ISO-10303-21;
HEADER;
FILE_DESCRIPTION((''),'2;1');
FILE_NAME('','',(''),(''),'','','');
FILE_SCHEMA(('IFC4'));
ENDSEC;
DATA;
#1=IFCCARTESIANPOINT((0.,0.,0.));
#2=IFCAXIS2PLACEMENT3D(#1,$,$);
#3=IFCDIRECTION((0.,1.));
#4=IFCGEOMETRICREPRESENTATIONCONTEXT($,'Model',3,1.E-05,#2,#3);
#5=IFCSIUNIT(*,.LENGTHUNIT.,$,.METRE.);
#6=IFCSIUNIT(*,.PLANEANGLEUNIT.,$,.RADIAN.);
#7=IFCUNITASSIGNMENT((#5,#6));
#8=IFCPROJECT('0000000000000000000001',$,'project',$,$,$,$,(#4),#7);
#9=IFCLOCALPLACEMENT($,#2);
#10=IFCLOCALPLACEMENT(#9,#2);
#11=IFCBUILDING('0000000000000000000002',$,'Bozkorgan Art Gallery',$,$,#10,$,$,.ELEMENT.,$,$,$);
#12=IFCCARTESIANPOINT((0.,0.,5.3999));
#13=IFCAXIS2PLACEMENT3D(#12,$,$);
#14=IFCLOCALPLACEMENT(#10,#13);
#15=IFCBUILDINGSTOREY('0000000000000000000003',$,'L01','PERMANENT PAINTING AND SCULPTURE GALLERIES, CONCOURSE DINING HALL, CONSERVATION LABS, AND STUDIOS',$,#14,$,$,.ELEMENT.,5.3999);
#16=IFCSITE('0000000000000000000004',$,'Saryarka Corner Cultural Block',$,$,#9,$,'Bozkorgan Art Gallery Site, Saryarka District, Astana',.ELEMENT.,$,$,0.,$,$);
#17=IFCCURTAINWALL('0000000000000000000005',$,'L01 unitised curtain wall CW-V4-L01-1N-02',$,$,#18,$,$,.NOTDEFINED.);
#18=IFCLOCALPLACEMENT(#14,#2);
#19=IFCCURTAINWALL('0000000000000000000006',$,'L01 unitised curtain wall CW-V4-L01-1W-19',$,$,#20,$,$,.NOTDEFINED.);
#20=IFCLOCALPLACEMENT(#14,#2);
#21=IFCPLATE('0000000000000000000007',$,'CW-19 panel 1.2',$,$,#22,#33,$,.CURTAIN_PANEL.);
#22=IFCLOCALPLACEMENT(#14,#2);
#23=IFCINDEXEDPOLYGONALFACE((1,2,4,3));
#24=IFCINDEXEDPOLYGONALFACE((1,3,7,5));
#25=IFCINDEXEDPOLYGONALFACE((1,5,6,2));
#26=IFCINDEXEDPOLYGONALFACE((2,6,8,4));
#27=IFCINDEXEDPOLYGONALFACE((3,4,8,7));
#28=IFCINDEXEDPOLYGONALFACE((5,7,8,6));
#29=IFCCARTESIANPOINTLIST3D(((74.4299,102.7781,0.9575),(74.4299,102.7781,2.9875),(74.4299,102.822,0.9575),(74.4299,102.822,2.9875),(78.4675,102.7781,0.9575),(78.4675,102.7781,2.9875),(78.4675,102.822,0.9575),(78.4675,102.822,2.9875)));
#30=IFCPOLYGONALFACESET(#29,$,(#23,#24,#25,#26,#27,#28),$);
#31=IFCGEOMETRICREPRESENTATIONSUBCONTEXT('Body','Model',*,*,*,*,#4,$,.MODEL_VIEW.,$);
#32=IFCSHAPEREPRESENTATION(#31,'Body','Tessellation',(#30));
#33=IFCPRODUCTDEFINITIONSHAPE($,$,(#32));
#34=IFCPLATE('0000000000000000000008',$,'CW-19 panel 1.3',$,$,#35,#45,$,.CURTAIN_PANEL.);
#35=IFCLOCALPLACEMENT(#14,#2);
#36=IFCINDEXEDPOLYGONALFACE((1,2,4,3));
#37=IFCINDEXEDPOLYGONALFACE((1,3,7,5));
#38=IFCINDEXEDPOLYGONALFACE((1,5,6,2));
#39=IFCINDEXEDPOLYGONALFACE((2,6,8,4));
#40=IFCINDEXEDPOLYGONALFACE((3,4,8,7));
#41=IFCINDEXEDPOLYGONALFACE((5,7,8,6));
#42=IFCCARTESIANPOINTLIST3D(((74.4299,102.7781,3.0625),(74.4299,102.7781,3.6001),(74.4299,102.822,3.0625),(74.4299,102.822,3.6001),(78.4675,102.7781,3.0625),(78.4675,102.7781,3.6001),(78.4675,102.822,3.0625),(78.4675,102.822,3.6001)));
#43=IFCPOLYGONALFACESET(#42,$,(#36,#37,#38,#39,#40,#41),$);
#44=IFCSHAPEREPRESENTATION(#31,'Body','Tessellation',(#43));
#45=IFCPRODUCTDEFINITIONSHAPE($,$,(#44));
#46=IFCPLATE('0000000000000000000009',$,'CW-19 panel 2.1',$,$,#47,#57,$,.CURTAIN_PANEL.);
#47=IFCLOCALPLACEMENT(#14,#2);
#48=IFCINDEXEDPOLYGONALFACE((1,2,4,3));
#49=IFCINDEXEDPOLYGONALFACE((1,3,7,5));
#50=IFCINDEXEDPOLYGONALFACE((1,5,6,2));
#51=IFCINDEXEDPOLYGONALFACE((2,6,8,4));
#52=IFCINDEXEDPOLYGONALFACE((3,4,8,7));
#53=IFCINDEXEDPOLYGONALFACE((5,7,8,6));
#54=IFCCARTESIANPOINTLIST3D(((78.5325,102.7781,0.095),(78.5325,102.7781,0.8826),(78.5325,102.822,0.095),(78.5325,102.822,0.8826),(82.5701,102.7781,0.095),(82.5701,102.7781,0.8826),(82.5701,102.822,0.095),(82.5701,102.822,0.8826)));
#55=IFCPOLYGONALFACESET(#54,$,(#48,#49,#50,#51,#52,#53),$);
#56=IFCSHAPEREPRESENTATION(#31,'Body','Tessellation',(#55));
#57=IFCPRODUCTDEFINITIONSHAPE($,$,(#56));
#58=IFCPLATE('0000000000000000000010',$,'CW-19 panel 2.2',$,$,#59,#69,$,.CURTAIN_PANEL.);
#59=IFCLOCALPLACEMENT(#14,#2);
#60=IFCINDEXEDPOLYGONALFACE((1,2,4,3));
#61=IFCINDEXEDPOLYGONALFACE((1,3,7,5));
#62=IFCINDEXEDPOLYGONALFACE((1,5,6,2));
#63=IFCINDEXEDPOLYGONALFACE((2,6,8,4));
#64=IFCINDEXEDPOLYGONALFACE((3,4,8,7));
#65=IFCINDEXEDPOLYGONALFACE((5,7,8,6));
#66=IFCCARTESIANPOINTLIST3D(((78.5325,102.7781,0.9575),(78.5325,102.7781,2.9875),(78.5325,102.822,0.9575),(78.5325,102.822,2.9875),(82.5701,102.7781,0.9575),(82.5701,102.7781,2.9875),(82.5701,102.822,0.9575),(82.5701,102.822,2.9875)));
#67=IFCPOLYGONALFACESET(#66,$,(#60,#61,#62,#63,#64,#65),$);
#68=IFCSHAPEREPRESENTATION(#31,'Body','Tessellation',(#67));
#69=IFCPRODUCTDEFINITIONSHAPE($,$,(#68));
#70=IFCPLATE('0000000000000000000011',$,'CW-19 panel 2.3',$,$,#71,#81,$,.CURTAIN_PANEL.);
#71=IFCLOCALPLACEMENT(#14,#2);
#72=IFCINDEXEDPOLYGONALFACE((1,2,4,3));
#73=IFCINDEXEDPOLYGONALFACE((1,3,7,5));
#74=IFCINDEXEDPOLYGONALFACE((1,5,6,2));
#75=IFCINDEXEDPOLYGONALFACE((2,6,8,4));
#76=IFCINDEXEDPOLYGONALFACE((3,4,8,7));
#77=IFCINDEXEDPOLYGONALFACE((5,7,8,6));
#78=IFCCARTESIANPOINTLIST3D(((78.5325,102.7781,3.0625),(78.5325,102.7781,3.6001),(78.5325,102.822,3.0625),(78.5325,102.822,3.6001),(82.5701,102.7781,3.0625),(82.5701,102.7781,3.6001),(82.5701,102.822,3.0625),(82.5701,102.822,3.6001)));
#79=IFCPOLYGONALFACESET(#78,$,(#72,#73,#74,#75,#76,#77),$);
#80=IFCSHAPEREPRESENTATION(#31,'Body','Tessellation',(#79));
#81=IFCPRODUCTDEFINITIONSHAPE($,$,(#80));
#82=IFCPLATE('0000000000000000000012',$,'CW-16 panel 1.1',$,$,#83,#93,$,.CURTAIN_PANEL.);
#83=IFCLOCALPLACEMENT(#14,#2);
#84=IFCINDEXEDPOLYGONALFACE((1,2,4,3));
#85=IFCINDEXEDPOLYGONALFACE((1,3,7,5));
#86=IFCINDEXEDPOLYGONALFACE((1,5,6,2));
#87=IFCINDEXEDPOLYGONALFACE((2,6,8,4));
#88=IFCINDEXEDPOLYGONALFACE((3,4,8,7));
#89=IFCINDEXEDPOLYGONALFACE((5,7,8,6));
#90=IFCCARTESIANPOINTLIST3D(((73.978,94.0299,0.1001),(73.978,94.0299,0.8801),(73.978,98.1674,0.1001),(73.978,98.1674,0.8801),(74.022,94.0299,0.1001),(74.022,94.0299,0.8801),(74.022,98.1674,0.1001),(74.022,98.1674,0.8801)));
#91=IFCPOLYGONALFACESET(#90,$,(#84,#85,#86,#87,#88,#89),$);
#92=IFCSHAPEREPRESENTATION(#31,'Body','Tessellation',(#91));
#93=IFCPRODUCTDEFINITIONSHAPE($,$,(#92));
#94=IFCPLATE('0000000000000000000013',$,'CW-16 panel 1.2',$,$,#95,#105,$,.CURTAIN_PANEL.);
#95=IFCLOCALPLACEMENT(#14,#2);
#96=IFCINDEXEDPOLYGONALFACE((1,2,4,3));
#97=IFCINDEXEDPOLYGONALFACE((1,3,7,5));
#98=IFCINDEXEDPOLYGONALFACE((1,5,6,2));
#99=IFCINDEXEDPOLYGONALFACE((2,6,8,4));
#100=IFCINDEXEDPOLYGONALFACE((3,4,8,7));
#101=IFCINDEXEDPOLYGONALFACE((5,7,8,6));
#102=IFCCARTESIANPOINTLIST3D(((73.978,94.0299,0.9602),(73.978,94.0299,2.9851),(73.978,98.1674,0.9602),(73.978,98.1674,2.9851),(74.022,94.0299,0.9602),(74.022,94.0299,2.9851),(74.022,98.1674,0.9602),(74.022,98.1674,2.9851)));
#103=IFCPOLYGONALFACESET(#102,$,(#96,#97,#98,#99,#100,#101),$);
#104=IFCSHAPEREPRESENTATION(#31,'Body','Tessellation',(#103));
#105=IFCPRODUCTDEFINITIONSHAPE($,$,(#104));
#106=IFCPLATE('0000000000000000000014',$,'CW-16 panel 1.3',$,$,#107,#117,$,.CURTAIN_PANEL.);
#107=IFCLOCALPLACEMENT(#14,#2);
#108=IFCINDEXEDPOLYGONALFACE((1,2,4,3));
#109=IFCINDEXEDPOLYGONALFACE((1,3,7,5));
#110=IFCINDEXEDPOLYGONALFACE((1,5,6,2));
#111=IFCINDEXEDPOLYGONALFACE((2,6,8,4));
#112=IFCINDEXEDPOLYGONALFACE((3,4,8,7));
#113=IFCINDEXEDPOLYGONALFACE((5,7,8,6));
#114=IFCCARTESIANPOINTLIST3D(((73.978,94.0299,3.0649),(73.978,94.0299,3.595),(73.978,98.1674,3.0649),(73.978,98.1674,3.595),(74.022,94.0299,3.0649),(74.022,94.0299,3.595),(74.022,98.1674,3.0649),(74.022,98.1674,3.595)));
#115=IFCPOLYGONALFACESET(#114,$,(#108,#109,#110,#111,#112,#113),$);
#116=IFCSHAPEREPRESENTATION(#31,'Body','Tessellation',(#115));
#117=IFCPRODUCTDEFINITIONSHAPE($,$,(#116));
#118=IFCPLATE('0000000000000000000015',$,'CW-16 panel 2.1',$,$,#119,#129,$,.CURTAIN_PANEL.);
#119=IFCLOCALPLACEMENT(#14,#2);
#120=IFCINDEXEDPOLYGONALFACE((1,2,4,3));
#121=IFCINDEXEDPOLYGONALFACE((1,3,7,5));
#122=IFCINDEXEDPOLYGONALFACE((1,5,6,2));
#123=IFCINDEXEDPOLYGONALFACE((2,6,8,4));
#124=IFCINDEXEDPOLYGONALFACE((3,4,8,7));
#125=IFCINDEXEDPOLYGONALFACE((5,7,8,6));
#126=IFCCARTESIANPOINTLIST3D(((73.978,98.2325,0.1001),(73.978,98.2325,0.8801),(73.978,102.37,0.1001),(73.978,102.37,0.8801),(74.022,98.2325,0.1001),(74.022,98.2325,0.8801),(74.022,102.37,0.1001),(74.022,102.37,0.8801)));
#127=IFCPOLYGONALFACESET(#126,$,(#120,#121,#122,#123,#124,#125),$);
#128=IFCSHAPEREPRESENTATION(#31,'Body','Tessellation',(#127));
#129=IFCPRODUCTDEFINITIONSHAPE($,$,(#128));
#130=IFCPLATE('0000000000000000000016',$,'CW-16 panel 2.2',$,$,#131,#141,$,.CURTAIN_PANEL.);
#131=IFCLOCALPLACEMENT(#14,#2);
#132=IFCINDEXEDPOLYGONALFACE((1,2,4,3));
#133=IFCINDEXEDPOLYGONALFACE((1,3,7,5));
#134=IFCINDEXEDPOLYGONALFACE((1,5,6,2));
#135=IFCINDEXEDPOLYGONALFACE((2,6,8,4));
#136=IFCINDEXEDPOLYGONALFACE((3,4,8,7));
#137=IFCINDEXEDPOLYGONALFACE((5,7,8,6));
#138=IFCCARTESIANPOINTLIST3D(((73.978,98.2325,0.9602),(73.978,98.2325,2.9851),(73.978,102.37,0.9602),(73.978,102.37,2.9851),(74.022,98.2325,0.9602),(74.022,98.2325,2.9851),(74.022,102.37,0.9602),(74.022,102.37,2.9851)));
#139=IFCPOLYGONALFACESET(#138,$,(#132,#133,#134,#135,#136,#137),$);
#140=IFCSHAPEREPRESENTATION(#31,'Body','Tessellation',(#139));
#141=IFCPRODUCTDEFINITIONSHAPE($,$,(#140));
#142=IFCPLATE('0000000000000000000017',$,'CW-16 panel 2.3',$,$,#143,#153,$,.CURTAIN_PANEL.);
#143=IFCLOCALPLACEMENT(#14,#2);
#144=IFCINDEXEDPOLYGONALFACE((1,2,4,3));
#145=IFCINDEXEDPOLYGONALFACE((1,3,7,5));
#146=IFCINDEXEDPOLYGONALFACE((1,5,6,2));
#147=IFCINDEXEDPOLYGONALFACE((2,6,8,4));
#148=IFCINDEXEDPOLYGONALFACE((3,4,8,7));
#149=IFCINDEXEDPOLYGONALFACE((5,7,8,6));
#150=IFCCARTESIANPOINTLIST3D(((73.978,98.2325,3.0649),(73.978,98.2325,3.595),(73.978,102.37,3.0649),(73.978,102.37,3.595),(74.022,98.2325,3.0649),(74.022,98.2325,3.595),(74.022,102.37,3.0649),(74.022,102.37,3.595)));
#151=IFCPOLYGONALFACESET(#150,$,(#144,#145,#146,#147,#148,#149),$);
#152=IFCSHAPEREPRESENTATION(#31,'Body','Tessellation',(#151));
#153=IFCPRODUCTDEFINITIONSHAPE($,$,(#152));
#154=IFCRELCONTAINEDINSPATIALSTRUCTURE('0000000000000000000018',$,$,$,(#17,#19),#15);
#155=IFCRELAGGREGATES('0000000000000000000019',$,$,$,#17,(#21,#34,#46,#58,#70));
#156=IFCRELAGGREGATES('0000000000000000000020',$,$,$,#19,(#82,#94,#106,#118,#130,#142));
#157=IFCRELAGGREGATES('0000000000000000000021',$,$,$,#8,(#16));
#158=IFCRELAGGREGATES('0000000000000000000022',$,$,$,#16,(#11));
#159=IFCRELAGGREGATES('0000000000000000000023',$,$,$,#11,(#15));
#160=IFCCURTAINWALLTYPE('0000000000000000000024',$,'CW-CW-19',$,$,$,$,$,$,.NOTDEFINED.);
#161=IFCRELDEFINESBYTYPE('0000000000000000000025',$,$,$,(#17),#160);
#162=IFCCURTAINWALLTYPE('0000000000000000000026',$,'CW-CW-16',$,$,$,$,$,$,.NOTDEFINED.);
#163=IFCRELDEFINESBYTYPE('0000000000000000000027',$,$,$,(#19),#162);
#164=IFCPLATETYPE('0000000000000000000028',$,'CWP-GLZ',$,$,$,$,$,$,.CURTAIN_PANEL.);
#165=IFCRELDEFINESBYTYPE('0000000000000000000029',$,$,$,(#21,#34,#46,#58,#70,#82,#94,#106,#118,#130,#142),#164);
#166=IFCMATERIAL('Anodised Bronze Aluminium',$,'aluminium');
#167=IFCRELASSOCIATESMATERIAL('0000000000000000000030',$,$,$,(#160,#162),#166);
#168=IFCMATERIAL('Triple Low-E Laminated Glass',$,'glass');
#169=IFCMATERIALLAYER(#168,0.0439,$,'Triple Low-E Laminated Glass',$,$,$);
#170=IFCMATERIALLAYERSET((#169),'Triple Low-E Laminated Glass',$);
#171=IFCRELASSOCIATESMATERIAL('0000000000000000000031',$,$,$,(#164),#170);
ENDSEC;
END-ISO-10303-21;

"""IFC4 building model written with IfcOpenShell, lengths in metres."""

from ifc_helpers import new_model, si_unit, direction, frame, origin, origin_2d, place, context, subcontext, project, spatial, rectangle, extrude, material, layer, layer_set, type_object, element, aggregate, save


model = new_model("IFC4")

# Units and contexts
model_context = context("Model", 3, precision=1e-05, world=origin(), true_north=direction((0.0, 1.0)))
body_context = subcontext(model_context, "Body", "Model", "MODEL_VIEW")
ifc_project = project(units=[si_unit("LENGTHUNIT", "METRE"), si_unit("PLANEANGLEUNIT", "RADIAN")], contexts=[model_context])

# Site, building, storey
site_placement = place(None, origin())
site = spatial("IfcSite", under=ifc_project, at=site_placement, Name="Saryarka Corner Cultural Block", LongName="Bozkorgan Art Gallery Site, Saryarka District, Astana", CompositionType="ELEMENT", RefElevation=0.0)
building_placement = place(site_placement, origin())
building = spatial("IfcBuilding", under=site, at=building_placement, Name="Bozkorgan Art Gallery", CompositionType="ELEMENT")
storey_placement = place(building_placement, frame((0.0, 0.0, 5.3999)))
storey = spatial("IfcBuildingStorey", under=building, at=storey_placement, Name="L01", Description="PERMANENT PAINTING AND SCULPTURE GALLERIES, CONCOURSE DINING HALL, CONSERVATION LABS, AND STUDIOS", CompositionType="ELEMENT", Elevation=5.3999)

# Curtain walls
ifc_material_1 = material(Name="Anodised Bronze Aluminium", Category="aluminium")
curtain_wall_type_1 = type_object("IfcCurtainWallType", Name="CW-CW-19", PredefinedType="NOTDEFINED", material=ifc_material_1)
curtain_wall_1_placement = place(storey_placement, origin())
curtain_wall_1 = element("IfcCurtainWall", 1, at=curtain_wall_1_placement, inside=storey, type_object=curtain_wall_type_1, Name="L01 unitised curtain wall CW-V4-L01-1N-02", PredefinedType="NOTDEFINED")
curtain_wall_type_2 = type_object("IfcCurtainWallType", Name="CW-CW-16", PredefinedType="NOTDEFINED", material=ifc_material_1)
curtain_wall_2_placement = place(storey_placement, origin())
curtain_wall_2 = element("IfcCurtainWall", 2, at=curtain_wall_2_placement, inside=storey, type_object=curtain_wall_type_2, Name="L01 unitised curtain wall CW-V4-L01-1W-19", PredefinedType="NOTDEFINED")

# Plates
ifc_material_2 = material(Name="Triple Low-E Laminated Glass", Category="glass")
ifc_layer = layer(ifc_material_2, 0.0439, Name="Triple Low-E Laminated Glass")
ifc_layer_set = layer_set([ifc_layer], Name="Triple Low-E Laminated Glass")
plate_type = type_object("IfcPlateType", Name="CWP-GLZ", PredefinedType="CURTAIN_PANEL", material=ifc_layer_set)
plate_1_placement = place(storey_placement, frame((76.4487, 102.8, 0.9575), z_axis=(0.0, 0.0, 1.0), x_axis=(1.0, 0.0, 0.0)))
plate_1 = element("IfcPlate", 3, at=plate_1_placement, type_object=plate_type, Name="CW-19 panel 1.2", PredefinedType="CURTAIN_PANEL", context=body_context, shape_type="SweptSolid", body=[
    extrude(rectangle(XDim=4.0376, YDim=0.0439, at=origin_2d()), origin(), (0.0, 0.0, 1.0), 2.03),
])
plate_2_placement = place(storey_placement, frame((76.4487, 102.8, 3.0625), z_axis=(0.0, 0.0, 1.0), x_axis=(1.0, 0.0, 0.0)))
plate_2 = element("IfcPlate", 4, at=plate_2_placement, type_object=plate_type, Name="CW-19 panel 1.3", PredefinedType="CURTAIN_PANEL", context=body_context, shape_type="SweptSolid", body=[
    extrude(rectangle(XDim=4.0376, YDim=0.0439, at=origin_2d()), origin(), (0.0, 0.0, 1.0), 0.5376),
])
plate_3_placement = place(storey_placement, frame((80.5513, 102.8, 0.095), z_axis=(0.0, 0.0, 1.0), x_axis=(1.0, 0.0, 0.0)))
plate_3 = element("IfcPlate", 5, at=plate_3_placement, type_object=plate_type, Name="CW-19 panel 2.1", PredefinedType="CURTAIN_PANEL", context=body_context, shape_type="SweptSolid", body=[
    extrude(rectangle(XDim=4.0376, YDim=0.0439, at=origin_2d()), origin(), (0.0, 0.0, 1.0), 0.7876),
])
plate_4_placement = place(storey_placement, frame((80.5513, 102.8, 0.9575), z_axis=(0.0, 0.0, 1.0), x_axis=(1.0, 0.0, 0.0)))
plate_4 = element("IfcPlate", 6, at=plate_4_placement, type_object=plate_type, Name="CW-19 panel 2.2", PredefinedType="CURTAIN_PANEL", context=body_context, shape_type="SweptSolid", body=[
    extrude(rectangle(XDim=4.0376, YDim=0.0439, at=origin_2d()), origin(), (0.0, 0.0, 1.0), 2.03),
])
plate_5_placement = place(storey_placement, frame((80.5513, 102.8, 3.0625), z_axis=(0.0, 0.0, 1.0), x_axis=(1.0, 0.0, 0.0)))
plate_5 = element("IfcPlate", 7, at=plate_5_placement, type_object=plate_type, Name="CW-19 panel 2.3", PredefinedType="CURTAIN_PANEL", context=body_context, shape_type="SweptSolid", body=[
    extrude(rectangle(XDim=4.0376, YDim=0.0439, at=origin_2d()), origin(), (0.0, 0.0, 1.0), 0.5376),
])
aggregate(curtain_wall_1, [plate_1, plate_2, plate_3, plate_4, plate_5])
plate_6_placement = place(storey_placement, frame((74.0, 96.0986, 0.1001), z_axis=(0.0, 0.0, 1.0), x_axis=(0.0, 1.0, 0.0)))
plate_6 = element("IfcPlate", 8, at=plate_6_placement, type_object=plate_type, Name="CW-16 panel 1.1", PredefinedType="CURTAIN_PANEL", context=body_context, shape_type="SweptSolid", body=[
    extrude(rectangle(XDim=4.1375, YDim=0.0439, at=origin_2d()), origin(), (0.0, 0.0, 1.0), 0.78),
])
plate_7_placement = place(storey_placement, frame((74.0, 96.0986, 0.9602), z_axis=(0.0, 0.0, 1.0), x_axis=(0.0, 1.0, 0.0)))
plate_7 = element("IfcPlate", 9, at=plate_7_placement, type_object=plate_type, Name="CW-16 panel 1.2", PredefinedType="CURTAIN_PANEL", context=body_context, shape_type="SweptSolid", body=[
    extrude(rectangle(XDim=4.1375, YDim=0.0439, at=origin_2d()), origin(), (0.0, 0.0, 1.0), 2.0249),
])
plate_8_placement = place(storey_placement, frame((74.0, 96.0986, 3.0649), z_axis=(0.0, 0.0, 1.0), x_axis=(0.0, 1.0, 0.0)))
plate_8 = element("IfcPlate", 10, at=plate_8_placement, type_object=plate_type, Name="CW-16 panel 1.3", PredefinedType="CURTAIN_PANEL", context=body_context, shape_type="SweptSolid", body=[
    extrude(rectangle(XDim=4.1375, YDim=0.0439, at=origin_2d()), origin(), (0.0, 0.0, 1.0), 0.53),
])
plate_9_placement = place(storey_placement, frame((74.0, 100.3013, 0.1001), z_axis=(0.0, 0.0, 1.0), x_axis=(0.0, 1.0, 0.0)))
plate_9 = element("IfcPlate", 11, at=plate_9_placement, type_object=plate_type, Name="CW-16 panel 2.1", PredefinedType="CURTAIN_PANEL", context=body_context, shape_type="SweptSolid", body=[
    extrude(rectangle(XDim=4.1375, YDim=0.0439, at=origin_2d()), origin(), (0.0, 0.0, 1.0), 0.78),
])
plate_10_placement = place(storey_placement, frame((74.0, 100.3013, 0.9602), z_axis=(0.0, 0.0, 1.0), x_axis=(0.0, 1.0, 0.0)))
plate_10 = element("IfcPlate", 12, at=plate_10_placement, type_object=plate_type, Name="CW-16 panel 2.2", PredefinedType="CURTAIN_PANEL", context=body_context, shape_type="SweptSolid", body=[
    extrude(rectangle(XDim=4.1375, YDim=0.0439, at=origin_2d()), origin(), (0.0, 0.0, 1.0), 2.0249),
])
plate_11_placement = place(storey_placement, frame((74.0, 100.3013, 3.0649), z_axis=(0.0, 0.0, 1.0), x_axis=(0.0, 1.0, 0.0)))
plate_11 = element("IfcPlate", 13, at=plate_11_placement, type_object=plate_type, Name="CW-16 panel 2.3", PredefinedType="CURTAIN_PANEL", context=body_context, shape_type="SweptSolid", body=[
    extrude(rectangle(XDim=4.1375, YDim=0.0439, at=origin_2d()), origin(), (0.0, 0.0, 1.0), 0.53),
])
aggregate(curtain_wall_2, [plate_6, plate_7, plate_8, plate_9, plate_10, plate_11])

save(model, "model.ifc")
